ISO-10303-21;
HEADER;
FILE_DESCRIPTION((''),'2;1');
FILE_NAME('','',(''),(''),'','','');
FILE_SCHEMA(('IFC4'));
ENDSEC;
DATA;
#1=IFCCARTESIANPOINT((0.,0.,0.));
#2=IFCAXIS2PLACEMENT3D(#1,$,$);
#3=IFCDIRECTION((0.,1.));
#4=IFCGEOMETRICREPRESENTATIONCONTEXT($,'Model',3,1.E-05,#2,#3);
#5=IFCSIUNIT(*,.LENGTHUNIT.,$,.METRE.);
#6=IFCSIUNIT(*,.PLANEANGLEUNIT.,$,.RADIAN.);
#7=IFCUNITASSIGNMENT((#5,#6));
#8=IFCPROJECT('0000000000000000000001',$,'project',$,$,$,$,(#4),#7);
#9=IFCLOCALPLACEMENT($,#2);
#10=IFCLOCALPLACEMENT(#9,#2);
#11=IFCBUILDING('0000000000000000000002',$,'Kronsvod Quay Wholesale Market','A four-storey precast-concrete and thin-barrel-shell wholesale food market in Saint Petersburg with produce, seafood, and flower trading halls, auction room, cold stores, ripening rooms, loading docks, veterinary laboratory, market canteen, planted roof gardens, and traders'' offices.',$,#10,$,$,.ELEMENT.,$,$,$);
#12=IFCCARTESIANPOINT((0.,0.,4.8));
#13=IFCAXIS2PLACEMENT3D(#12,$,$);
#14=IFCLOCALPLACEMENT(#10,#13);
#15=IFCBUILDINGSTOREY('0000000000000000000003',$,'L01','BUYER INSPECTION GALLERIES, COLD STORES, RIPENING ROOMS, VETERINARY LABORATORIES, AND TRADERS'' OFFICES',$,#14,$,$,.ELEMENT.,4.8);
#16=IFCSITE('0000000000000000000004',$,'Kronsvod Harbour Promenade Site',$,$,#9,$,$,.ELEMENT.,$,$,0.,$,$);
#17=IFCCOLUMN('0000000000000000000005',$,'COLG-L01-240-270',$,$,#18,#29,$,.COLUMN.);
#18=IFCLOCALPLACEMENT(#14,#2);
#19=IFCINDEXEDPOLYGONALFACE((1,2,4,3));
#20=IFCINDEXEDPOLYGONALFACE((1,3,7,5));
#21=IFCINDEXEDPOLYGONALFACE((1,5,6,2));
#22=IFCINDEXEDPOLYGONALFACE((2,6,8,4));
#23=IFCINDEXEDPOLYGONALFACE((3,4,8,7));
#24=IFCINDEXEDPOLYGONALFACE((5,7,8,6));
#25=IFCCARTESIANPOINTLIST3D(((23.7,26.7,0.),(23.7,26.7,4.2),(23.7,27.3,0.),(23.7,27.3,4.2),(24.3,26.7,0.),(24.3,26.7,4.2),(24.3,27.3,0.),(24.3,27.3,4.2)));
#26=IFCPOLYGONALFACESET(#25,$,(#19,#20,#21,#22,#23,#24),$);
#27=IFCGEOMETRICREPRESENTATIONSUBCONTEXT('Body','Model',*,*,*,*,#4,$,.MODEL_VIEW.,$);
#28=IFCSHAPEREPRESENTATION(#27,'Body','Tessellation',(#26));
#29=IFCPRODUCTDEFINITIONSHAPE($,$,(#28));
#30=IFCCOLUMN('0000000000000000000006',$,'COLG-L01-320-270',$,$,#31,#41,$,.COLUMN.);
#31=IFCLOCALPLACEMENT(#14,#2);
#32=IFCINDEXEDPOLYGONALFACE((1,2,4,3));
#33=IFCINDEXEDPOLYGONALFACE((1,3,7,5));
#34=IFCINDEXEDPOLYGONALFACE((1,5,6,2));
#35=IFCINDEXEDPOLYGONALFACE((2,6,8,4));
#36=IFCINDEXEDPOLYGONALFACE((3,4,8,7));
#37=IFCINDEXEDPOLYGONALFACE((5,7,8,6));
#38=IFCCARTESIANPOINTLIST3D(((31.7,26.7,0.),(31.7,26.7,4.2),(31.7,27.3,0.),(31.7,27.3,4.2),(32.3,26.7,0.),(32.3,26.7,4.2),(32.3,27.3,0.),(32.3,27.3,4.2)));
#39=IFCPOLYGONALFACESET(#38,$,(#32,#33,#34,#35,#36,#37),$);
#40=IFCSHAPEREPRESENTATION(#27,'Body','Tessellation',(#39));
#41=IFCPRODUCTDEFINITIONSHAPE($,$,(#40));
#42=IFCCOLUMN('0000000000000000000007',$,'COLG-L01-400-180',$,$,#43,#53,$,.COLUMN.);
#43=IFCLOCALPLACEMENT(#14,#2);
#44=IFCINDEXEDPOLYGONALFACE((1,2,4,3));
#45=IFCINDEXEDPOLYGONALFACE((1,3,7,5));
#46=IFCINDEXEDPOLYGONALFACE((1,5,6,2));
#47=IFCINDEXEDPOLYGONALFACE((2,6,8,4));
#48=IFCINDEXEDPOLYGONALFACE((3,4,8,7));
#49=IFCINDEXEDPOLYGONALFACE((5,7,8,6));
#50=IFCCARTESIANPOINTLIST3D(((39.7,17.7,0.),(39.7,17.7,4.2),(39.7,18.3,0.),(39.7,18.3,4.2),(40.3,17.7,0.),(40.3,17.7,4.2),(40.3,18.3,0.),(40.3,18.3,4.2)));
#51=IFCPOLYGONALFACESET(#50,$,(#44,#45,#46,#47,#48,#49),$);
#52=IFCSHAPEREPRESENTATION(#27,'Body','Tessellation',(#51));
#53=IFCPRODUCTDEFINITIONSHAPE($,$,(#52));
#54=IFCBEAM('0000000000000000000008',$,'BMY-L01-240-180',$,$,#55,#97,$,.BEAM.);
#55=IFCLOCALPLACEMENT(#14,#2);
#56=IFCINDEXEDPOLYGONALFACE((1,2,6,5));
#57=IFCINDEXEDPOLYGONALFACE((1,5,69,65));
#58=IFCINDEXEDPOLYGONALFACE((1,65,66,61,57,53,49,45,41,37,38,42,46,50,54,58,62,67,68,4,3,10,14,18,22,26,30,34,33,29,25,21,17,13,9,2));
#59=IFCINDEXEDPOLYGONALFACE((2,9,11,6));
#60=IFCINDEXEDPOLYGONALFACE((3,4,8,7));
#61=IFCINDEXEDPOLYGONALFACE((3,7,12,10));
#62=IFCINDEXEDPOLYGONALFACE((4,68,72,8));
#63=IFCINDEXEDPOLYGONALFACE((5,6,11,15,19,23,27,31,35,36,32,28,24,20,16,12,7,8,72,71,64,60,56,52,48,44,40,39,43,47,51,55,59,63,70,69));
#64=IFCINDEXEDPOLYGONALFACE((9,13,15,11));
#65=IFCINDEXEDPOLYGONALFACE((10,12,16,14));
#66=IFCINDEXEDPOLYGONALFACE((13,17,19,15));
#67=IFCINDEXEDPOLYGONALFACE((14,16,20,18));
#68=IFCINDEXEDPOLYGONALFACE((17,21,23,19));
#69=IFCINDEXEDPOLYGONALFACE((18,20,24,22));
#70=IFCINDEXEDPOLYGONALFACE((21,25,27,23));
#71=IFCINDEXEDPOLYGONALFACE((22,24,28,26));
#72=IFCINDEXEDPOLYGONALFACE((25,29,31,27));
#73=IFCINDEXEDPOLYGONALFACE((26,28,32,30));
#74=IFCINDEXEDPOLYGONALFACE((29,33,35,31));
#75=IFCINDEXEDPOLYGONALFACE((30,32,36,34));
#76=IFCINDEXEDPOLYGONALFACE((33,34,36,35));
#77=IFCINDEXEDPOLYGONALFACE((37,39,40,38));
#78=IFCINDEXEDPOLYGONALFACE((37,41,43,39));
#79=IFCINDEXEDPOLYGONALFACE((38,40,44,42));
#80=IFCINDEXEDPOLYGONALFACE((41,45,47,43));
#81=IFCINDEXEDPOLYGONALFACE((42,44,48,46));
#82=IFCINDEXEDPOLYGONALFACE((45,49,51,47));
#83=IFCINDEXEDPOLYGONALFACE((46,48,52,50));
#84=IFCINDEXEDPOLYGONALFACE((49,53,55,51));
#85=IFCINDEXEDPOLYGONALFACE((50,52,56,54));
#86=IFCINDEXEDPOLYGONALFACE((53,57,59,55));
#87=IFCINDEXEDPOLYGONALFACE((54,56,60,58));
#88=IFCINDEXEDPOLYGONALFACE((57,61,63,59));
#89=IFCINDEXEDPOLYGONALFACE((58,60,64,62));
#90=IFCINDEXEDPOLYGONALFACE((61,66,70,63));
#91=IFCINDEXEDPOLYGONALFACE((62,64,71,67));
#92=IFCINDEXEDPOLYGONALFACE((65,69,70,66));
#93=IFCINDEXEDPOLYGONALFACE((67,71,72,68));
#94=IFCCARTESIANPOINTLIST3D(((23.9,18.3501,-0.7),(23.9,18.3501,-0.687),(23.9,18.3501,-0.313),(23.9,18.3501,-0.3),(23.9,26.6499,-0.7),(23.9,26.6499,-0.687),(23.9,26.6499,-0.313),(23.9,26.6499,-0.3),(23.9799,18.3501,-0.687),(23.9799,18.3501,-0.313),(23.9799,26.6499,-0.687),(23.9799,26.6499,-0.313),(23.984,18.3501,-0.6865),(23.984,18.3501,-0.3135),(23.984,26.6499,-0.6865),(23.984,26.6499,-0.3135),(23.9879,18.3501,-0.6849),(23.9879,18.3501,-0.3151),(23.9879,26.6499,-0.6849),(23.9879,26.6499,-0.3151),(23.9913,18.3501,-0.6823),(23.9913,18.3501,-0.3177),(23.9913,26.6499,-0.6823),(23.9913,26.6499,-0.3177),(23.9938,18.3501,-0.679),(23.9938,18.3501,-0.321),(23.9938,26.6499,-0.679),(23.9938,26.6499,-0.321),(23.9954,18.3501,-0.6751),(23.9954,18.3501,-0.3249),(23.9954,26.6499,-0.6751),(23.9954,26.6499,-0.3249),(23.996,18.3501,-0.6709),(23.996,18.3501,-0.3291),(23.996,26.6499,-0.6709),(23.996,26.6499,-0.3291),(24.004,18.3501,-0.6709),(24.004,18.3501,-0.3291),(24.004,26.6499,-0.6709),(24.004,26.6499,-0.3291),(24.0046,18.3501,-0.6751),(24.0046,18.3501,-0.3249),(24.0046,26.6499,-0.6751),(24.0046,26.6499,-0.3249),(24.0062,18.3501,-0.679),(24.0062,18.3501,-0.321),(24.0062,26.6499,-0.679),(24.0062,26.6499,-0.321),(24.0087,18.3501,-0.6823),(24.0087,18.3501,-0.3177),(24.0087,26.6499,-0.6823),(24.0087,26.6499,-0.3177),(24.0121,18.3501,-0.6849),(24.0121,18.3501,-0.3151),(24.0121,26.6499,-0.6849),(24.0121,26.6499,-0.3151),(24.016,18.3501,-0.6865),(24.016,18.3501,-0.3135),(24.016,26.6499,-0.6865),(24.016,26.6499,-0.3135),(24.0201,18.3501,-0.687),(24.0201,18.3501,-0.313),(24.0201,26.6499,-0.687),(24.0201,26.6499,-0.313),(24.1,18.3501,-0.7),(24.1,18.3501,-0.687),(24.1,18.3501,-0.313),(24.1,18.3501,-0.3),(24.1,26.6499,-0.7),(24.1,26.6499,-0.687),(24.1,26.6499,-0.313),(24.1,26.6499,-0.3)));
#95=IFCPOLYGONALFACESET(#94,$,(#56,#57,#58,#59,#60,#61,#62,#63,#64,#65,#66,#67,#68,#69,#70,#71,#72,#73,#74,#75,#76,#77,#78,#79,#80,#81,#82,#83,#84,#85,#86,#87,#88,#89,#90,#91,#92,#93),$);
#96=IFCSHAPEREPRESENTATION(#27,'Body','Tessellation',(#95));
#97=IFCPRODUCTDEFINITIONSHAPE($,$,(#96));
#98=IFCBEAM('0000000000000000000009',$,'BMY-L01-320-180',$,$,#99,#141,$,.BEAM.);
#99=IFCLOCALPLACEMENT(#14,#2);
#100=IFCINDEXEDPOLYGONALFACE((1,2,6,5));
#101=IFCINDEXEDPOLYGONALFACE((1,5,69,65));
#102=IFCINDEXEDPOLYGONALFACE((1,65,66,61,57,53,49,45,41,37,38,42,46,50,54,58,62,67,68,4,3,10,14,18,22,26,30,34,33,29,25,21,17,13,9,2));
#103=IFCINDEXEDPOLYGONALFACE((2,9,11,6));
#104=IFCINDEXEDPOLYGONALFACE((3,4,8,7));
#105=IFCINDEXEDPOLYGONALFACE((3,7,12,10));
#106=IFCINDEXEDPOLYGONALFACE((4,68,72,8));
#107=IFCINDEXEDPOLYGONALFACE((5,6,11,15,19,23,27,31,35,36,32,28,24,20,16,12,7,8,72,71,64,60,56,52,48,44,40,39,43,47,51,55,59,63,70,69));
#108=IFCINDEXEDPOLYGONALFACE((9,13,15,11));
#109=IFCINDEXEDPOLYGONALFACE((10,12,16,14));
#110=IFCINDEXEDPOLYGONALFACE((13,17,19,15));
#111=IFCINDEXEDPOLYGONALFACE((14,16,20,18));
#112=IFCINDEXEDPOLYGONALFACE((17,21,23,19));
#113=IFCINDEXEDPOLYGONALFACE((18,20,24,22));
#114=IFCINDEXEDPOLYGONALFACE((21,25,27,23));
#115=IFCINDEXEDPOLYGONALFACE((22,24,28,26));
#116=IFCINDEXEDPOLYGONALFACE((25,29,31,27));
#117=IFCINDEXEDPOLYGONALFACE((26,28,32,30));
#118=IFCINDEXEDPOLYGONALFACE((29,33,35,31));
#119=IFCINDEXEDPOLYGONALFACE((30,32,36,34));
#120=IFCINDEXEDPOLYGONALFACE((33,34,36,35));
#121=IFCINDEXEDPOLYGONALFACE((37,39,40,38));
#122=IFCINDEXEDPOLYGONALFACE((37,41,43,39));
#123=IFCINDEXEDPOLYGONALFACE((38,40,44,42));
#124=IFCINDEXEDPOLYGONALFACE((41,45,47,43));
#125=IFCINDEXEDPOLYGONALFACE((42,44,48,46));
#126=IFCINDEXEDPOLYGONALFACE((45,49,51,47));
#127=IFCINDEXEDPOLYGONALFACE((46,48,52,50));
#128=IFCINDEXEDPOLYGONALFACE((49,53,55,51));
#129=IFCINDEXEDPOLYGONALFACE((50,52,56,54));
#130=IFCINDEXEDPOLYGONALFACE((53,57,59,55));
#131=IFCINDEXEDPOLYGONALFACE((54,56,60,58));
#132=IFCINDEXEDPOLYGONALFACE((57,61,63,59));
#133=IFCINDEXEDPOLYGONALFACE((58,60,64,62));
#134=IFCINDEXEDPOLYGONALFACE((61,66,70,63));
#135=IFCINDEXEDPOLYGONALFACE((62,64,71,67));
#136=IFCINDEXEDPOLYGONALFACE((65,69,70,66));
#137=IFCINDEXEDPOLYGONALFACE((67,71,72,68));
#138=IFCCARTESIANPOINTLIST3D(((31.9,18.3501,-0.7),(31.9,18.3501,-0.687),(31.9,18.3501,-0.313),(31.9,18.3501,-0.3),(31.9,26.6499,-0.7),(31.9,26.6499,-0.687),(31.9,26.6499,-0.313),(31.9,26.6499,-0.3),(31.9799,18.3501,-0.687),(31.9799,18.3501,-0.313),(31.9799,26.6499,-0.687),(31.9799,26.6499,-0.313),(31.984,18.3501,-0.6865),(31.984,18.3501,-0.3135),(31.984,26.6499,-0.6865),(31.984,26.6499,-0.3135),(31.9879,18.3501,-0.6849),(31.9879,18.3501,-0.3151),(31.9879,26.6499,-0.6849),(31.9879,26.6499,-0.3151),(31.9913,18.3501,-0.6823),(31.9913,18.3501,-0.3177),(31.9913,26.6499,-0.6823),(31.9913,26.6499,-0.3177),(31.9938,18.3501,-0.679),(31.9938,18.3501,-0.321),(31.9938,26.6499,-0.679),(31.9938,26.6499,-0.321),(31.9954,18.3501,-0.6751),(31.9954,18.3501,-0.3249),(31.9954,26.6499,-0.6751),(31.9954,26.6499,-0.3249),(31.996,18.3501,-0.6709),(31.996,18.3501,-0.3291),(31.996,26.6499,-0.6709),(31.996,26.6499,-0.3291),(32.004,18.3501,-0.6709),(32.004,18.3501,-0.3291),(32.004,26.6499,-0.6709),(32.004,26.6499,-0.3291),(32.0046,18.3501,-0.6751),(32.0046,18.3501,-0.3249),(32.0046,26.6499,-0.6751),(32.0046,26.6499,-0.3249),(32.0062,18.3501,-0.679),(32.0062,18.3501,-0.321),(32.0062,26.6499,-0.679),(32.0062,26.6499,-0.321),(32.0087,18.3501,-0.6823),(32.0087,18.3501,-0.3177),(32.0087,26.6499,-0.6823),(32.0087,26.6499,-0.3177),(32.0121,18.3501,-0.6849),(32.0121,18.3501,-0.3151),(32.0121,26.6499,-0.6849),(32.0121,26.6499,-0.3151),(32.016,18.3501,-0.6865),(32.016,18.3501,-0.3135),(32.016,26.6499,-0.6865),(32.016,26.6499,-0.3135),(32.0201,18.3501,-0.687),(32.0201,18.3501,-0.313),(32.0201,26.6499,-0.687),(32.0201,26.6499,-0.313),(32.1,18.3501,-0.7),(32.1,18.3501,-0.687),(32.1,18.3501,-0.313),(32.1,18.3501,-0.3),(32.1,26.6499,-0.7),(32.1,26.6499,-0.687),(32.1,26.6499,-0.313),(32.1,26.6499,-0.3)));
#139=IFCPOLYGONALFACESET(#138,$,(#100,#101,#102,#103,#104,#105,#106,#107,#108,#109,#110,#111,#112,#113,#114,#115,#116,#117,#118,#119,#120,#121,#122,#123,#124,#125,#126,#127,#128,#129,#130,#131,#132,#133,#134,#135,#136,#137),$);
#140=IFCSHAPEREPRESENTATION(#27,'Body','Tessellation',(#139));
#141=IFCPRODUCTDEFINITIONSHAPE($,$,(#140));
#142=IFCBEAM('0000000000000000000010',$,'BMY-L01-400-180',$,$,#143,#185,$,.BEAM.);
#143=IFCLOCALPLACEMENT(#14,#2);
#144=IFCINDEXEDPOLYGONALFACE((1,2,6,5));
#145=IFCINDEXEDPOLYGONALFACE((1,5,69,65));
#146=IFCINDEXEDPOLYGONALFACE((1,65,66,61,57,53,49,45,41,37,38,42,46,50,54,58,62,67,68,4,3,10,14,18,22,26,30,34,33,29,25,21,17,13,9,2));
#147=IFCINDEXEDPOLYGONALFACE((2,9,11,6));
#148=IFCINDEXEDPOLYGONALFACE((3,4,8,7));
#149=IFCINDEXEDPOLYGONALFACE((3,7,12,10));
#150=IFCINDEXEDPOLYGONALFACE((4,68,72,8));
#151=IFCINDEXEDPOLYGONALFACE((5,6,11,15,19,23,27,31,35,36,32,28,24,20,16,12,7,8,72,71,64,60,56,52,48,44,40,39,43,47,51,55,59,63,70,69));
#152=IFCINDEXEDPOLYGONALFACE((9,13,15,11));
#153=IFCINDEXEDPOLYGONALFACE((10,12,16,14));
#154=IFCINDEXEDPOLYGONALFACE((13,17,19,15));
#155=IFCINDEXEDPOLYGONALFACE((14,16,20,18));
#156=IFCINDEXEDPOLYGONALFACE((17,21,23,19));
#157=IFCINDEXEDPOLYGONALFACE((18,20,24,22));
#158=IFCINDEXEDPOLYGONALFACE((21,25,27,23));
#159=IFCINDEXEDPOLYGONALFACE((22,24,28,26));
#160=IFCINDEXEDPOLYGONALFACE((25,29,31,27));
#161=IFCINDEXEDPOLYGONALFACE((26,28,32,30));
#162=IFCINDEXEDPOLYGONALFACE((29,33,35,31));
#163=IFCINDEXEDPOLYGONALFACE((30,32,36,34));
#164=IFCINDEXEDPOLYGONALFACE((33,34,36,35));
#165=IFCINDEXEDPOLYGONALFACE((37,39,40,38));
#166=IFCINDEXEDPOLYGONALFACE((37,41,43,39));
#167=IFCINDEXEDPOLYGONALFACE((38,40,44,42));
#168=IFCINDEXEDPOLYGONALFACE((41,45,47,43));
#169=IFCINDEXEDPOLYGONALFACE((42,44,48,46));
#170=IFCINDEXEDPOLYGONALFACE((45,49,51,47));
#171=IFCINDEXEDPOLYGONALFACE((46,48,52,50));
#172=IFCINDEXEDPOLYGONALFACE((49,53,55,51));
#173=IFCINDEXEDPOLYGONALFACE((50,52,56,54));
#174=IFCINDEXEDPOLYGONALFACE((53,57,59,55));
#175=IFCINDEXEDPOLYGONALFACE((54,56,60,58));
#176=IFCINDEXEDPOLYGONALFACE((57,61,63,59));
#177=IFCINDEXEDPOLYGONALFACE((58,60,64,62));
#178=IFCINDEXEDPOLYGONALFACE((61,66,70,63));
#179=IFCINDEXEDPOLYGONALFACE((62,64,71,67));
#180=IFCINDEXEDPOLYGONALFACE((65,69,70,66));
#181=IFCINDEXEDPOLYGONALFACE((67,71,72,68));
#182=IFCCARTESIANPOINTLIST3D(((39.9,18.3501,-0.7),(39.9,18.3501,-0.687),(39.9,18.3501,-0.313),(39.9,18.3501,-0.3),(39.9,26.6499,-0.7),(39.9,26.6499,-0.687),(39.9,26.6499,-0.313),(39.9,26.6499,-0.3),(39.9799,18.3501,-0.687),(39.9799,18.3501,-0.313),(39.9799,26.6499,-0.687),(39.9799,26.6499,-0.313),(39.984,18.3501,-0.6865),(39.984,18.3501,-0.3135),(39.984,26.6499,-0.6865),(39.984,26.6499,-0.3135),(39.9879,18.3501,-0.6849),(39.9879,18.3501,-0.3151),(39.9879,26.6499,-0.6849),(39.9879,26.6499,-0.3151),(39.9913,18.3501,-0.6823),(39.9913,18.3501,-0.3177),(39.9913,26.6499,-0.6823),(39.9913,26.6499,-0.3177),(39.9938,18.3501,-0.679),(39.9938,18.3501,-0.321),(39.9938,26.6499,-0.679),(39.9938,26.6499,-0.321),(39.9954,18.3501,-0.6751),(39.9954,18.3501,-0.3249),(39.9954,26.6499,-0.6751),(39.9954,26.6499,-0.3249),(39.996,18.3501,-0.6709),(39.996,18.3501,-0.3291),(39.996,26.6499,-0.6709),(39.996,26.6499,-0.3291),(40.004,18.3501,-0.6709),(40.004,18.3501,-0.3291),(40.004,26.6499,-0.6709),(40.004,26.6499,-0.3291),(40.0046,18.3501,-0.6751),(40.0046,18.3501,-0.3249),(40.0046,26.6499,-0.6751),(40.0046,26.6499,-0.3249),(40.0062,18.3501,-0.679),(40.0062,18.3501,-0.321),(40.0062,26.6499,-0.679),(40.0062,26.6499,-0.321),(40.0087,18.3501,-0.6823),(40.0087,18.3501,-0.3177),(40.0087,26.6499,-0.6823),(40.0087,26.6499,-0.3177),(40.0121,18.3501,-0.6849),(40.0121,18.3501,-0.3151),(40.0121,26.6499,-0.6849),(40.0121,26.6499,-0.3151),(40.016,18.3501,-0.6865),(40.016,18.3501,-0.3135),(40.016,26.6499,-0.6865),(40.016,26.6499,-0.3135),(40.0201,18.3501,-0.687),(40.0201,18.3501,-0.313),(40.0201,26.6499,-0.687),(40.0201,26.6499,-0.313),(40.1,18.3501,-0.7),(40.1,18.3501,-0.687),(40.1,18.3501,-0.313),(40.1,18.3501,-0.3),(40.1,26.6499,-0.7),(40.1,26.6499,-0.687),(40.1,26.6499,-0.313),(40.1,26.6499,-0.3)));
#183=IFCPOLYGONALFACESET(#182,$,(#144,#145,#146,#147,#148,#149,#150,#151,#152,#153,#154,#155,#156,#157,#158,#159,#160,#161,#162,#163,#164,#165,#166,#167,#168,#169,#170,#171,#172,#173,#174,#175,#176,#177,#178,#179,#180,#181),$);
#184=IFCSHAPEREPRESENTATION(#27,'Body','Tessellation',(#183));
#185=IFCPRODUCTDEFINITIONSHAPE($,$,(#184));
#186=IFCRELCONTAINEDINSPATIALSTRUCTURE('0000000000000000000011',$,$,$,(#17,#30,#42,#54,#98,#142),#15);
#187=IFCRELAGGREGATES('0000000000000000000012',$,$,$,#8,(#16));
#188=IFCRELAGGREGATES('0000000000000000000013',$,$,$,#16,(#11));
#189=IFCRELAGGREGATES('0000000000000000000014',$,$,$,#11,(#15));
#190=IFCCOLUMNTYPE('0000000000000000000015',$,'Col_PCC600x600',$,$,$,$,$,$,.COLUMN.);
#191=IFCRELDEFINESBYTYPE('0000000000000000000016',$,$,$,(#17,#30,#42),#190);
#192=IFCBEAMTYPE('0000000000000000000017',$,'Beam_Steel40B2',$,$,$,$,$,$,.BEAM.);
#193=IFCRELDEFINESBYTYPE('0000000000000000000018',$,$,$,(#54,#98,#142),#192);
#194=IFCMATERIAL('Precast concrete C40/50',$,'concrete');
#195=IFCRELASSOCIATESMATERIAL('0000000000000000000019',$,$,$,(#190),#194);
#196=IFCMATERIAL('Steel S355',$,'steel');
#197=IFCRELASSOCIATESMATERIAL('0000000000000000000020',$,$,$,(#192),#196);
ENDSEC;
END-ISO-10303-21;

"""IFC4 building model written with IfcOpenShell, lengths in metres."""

from ifc_helpers import new_model, si_unit, direction, frame, origin, origin_2d, place, context, subcontext, project, spatial, rectangle, i_section, extrude, material, material_profile, profile_set, type_object, element, save


model = new_model("IFC4")

# Units and contexts
model_context = context("Model", 3, precision=1e-05, world=origin(), true_north=direction((0.0, 1.0)))
body_context = subcontext(model_context, "Body", "Model", "MODEL_VIEW")
ifc_project = project(units=[si_unit("LENGTHUNIT", "METRE"), si_unit("PLANEANGLEUNIT", "RADIAN")], contexts=[model_context])

# Site, building, storey
site_placement = place(None, origin())
site = spatial("IfcSite", under=ifc_project, at=site_placement, Name="Kronsvod Harbour Promenade Site", CompositionType="ELEMENT", RefElevation=0.0)
building_placement = place(site_placement, origin())
building = spatial("IfcBuilding", under=site, at=building_placement, Name="Kronsvod Quay Wholesale Market", Description="A four-storey precast-concrete and thin-barrel-shell wholesale food market in Saint Petersburg with produce, seafood, and flower trading halls, auction room, cold stores, ripening rooms, loading docks, veterinary laboratory, market canteen, planted roof gardens, and traders' offices.", CompositionType="ELEMENT")
storey_placement = place(building_placement, frame((0.0, 0.0, 4.8)))
storey = spatial("IfcBuildingStorey", under=building, at=storey_placement, Name="L01", Description="BUYER INSPECTION GALLERIES, COLD STORES, RIPENING ROOMS, VETERINARY LABORATORIES, AND TRADERS' OFFICES", CompositionType="ELEMENT", Elevation=4.8)

# Columns
ifc_material_1 = material(Name="Precast concrete C40/50", Category="concrete")
ifc_material_profile_1 = material_profile(ifc_material_1, rectangle(XDim=0.6001, YDim=0.6001, at=origin_2d()), Name="PCC600x600")
ifc_profile_set_1 = profile_set([ifc_material_profile_1], Name="Precast concrete C40/50")
column_type = type_object("IfcColumnType", Name="Col_PCC600x600", PredefinedType="COLUMN", material=ifc_profile_set_1)
for number, where, z_axis, x_axis, name in (
    (1, (24.0, 27.0, 0.0), (0.0, 0.0, 1.0), (1.0, 0.0, 0.0), "COLG-L01-240-270"),
    (2, (32.0, 27.0, 0.0), (0.0, 0.0, 1.0), (1.0, 0.0, 0.0), "COLG-L01-320-270"),
    (3, (40.0, 18.0, 0.0), (0.0, 0.0, 1.0), (1.0, 0.0, 0.0), "COLG-L01-400-180"),
):
    element("IfcColumn", number, at=place(storey_placement, frame(where, z_axis=z_axis, x_axis=x_axis)), inside=storey, type_object=column_type, Name=name, PredefinedType="COLUMN", context=body_context, shape_type="SweptSolid", body=[
        extrude(rectangle(XDim=0.6001, YDim=0.6001, at=origin_2d()), origin(), (0.0, 0.0, 1.0), 4.2),
    ])

# Beams
ifc_material_2 = material(Name="Steel S355", Category="steel")
ifc_material_profile_2 = material_profile(ifc_material_2, i_section(OverallWidth=0.2, OverallDepth=0.3999, WebThickness=0.0081, FlangeThickness=0.0129, FilletRadius=0.0161, at=origin_2d()), Name="40B2")
ifc_profile_set_2 = profile_set([ifc_material_profile_2], Name="Steel S355")
beam_type_1 = type_object("IfcBeamType", Name="Beam_Steel40B2", PredefinedType="BEAM", material=ifc_profile_set_2)
for number, where, z_axis, x_axis, name in (
    (4, (24.0, 18.3501, -0.5), (0.0, 1.0, 0.0), (-1.0, 0.0, 0.0), "BMY-L01-240-180"),
    (5, (32.0, 18.3501, -0.5), (0.0, 1.0, 0.0), (-1.0, 0.0, 0.0), "BMY-L01-320-180"),
    (6, (40.0, 18.3501, -0.5), (0.0, 1.0, 0.0), (-1.0, 0.0, 0.0), "BMY-L01-400-180"),
):
    element("IfcBeam", number, at=place(storey_placement, frame(where, z_axis=z_axis, x_axis=x_axis)), inside=storey, type_object=beam_type_1, Name=name, PredefinedType="BEAM", context=body_context, shape_type="SweptSolid", body=[
        extrude(i_section(OverallWidth=0.2, OverallDepth=0.3999, WebThickness=0.0081, FlangeThickness=0.0129, FilletRadius=0.0161, at=origin_2d()), origin(), (0.0, 0.0, 1.0), 8.2998),
    ])

save(model, "model.ifc")
